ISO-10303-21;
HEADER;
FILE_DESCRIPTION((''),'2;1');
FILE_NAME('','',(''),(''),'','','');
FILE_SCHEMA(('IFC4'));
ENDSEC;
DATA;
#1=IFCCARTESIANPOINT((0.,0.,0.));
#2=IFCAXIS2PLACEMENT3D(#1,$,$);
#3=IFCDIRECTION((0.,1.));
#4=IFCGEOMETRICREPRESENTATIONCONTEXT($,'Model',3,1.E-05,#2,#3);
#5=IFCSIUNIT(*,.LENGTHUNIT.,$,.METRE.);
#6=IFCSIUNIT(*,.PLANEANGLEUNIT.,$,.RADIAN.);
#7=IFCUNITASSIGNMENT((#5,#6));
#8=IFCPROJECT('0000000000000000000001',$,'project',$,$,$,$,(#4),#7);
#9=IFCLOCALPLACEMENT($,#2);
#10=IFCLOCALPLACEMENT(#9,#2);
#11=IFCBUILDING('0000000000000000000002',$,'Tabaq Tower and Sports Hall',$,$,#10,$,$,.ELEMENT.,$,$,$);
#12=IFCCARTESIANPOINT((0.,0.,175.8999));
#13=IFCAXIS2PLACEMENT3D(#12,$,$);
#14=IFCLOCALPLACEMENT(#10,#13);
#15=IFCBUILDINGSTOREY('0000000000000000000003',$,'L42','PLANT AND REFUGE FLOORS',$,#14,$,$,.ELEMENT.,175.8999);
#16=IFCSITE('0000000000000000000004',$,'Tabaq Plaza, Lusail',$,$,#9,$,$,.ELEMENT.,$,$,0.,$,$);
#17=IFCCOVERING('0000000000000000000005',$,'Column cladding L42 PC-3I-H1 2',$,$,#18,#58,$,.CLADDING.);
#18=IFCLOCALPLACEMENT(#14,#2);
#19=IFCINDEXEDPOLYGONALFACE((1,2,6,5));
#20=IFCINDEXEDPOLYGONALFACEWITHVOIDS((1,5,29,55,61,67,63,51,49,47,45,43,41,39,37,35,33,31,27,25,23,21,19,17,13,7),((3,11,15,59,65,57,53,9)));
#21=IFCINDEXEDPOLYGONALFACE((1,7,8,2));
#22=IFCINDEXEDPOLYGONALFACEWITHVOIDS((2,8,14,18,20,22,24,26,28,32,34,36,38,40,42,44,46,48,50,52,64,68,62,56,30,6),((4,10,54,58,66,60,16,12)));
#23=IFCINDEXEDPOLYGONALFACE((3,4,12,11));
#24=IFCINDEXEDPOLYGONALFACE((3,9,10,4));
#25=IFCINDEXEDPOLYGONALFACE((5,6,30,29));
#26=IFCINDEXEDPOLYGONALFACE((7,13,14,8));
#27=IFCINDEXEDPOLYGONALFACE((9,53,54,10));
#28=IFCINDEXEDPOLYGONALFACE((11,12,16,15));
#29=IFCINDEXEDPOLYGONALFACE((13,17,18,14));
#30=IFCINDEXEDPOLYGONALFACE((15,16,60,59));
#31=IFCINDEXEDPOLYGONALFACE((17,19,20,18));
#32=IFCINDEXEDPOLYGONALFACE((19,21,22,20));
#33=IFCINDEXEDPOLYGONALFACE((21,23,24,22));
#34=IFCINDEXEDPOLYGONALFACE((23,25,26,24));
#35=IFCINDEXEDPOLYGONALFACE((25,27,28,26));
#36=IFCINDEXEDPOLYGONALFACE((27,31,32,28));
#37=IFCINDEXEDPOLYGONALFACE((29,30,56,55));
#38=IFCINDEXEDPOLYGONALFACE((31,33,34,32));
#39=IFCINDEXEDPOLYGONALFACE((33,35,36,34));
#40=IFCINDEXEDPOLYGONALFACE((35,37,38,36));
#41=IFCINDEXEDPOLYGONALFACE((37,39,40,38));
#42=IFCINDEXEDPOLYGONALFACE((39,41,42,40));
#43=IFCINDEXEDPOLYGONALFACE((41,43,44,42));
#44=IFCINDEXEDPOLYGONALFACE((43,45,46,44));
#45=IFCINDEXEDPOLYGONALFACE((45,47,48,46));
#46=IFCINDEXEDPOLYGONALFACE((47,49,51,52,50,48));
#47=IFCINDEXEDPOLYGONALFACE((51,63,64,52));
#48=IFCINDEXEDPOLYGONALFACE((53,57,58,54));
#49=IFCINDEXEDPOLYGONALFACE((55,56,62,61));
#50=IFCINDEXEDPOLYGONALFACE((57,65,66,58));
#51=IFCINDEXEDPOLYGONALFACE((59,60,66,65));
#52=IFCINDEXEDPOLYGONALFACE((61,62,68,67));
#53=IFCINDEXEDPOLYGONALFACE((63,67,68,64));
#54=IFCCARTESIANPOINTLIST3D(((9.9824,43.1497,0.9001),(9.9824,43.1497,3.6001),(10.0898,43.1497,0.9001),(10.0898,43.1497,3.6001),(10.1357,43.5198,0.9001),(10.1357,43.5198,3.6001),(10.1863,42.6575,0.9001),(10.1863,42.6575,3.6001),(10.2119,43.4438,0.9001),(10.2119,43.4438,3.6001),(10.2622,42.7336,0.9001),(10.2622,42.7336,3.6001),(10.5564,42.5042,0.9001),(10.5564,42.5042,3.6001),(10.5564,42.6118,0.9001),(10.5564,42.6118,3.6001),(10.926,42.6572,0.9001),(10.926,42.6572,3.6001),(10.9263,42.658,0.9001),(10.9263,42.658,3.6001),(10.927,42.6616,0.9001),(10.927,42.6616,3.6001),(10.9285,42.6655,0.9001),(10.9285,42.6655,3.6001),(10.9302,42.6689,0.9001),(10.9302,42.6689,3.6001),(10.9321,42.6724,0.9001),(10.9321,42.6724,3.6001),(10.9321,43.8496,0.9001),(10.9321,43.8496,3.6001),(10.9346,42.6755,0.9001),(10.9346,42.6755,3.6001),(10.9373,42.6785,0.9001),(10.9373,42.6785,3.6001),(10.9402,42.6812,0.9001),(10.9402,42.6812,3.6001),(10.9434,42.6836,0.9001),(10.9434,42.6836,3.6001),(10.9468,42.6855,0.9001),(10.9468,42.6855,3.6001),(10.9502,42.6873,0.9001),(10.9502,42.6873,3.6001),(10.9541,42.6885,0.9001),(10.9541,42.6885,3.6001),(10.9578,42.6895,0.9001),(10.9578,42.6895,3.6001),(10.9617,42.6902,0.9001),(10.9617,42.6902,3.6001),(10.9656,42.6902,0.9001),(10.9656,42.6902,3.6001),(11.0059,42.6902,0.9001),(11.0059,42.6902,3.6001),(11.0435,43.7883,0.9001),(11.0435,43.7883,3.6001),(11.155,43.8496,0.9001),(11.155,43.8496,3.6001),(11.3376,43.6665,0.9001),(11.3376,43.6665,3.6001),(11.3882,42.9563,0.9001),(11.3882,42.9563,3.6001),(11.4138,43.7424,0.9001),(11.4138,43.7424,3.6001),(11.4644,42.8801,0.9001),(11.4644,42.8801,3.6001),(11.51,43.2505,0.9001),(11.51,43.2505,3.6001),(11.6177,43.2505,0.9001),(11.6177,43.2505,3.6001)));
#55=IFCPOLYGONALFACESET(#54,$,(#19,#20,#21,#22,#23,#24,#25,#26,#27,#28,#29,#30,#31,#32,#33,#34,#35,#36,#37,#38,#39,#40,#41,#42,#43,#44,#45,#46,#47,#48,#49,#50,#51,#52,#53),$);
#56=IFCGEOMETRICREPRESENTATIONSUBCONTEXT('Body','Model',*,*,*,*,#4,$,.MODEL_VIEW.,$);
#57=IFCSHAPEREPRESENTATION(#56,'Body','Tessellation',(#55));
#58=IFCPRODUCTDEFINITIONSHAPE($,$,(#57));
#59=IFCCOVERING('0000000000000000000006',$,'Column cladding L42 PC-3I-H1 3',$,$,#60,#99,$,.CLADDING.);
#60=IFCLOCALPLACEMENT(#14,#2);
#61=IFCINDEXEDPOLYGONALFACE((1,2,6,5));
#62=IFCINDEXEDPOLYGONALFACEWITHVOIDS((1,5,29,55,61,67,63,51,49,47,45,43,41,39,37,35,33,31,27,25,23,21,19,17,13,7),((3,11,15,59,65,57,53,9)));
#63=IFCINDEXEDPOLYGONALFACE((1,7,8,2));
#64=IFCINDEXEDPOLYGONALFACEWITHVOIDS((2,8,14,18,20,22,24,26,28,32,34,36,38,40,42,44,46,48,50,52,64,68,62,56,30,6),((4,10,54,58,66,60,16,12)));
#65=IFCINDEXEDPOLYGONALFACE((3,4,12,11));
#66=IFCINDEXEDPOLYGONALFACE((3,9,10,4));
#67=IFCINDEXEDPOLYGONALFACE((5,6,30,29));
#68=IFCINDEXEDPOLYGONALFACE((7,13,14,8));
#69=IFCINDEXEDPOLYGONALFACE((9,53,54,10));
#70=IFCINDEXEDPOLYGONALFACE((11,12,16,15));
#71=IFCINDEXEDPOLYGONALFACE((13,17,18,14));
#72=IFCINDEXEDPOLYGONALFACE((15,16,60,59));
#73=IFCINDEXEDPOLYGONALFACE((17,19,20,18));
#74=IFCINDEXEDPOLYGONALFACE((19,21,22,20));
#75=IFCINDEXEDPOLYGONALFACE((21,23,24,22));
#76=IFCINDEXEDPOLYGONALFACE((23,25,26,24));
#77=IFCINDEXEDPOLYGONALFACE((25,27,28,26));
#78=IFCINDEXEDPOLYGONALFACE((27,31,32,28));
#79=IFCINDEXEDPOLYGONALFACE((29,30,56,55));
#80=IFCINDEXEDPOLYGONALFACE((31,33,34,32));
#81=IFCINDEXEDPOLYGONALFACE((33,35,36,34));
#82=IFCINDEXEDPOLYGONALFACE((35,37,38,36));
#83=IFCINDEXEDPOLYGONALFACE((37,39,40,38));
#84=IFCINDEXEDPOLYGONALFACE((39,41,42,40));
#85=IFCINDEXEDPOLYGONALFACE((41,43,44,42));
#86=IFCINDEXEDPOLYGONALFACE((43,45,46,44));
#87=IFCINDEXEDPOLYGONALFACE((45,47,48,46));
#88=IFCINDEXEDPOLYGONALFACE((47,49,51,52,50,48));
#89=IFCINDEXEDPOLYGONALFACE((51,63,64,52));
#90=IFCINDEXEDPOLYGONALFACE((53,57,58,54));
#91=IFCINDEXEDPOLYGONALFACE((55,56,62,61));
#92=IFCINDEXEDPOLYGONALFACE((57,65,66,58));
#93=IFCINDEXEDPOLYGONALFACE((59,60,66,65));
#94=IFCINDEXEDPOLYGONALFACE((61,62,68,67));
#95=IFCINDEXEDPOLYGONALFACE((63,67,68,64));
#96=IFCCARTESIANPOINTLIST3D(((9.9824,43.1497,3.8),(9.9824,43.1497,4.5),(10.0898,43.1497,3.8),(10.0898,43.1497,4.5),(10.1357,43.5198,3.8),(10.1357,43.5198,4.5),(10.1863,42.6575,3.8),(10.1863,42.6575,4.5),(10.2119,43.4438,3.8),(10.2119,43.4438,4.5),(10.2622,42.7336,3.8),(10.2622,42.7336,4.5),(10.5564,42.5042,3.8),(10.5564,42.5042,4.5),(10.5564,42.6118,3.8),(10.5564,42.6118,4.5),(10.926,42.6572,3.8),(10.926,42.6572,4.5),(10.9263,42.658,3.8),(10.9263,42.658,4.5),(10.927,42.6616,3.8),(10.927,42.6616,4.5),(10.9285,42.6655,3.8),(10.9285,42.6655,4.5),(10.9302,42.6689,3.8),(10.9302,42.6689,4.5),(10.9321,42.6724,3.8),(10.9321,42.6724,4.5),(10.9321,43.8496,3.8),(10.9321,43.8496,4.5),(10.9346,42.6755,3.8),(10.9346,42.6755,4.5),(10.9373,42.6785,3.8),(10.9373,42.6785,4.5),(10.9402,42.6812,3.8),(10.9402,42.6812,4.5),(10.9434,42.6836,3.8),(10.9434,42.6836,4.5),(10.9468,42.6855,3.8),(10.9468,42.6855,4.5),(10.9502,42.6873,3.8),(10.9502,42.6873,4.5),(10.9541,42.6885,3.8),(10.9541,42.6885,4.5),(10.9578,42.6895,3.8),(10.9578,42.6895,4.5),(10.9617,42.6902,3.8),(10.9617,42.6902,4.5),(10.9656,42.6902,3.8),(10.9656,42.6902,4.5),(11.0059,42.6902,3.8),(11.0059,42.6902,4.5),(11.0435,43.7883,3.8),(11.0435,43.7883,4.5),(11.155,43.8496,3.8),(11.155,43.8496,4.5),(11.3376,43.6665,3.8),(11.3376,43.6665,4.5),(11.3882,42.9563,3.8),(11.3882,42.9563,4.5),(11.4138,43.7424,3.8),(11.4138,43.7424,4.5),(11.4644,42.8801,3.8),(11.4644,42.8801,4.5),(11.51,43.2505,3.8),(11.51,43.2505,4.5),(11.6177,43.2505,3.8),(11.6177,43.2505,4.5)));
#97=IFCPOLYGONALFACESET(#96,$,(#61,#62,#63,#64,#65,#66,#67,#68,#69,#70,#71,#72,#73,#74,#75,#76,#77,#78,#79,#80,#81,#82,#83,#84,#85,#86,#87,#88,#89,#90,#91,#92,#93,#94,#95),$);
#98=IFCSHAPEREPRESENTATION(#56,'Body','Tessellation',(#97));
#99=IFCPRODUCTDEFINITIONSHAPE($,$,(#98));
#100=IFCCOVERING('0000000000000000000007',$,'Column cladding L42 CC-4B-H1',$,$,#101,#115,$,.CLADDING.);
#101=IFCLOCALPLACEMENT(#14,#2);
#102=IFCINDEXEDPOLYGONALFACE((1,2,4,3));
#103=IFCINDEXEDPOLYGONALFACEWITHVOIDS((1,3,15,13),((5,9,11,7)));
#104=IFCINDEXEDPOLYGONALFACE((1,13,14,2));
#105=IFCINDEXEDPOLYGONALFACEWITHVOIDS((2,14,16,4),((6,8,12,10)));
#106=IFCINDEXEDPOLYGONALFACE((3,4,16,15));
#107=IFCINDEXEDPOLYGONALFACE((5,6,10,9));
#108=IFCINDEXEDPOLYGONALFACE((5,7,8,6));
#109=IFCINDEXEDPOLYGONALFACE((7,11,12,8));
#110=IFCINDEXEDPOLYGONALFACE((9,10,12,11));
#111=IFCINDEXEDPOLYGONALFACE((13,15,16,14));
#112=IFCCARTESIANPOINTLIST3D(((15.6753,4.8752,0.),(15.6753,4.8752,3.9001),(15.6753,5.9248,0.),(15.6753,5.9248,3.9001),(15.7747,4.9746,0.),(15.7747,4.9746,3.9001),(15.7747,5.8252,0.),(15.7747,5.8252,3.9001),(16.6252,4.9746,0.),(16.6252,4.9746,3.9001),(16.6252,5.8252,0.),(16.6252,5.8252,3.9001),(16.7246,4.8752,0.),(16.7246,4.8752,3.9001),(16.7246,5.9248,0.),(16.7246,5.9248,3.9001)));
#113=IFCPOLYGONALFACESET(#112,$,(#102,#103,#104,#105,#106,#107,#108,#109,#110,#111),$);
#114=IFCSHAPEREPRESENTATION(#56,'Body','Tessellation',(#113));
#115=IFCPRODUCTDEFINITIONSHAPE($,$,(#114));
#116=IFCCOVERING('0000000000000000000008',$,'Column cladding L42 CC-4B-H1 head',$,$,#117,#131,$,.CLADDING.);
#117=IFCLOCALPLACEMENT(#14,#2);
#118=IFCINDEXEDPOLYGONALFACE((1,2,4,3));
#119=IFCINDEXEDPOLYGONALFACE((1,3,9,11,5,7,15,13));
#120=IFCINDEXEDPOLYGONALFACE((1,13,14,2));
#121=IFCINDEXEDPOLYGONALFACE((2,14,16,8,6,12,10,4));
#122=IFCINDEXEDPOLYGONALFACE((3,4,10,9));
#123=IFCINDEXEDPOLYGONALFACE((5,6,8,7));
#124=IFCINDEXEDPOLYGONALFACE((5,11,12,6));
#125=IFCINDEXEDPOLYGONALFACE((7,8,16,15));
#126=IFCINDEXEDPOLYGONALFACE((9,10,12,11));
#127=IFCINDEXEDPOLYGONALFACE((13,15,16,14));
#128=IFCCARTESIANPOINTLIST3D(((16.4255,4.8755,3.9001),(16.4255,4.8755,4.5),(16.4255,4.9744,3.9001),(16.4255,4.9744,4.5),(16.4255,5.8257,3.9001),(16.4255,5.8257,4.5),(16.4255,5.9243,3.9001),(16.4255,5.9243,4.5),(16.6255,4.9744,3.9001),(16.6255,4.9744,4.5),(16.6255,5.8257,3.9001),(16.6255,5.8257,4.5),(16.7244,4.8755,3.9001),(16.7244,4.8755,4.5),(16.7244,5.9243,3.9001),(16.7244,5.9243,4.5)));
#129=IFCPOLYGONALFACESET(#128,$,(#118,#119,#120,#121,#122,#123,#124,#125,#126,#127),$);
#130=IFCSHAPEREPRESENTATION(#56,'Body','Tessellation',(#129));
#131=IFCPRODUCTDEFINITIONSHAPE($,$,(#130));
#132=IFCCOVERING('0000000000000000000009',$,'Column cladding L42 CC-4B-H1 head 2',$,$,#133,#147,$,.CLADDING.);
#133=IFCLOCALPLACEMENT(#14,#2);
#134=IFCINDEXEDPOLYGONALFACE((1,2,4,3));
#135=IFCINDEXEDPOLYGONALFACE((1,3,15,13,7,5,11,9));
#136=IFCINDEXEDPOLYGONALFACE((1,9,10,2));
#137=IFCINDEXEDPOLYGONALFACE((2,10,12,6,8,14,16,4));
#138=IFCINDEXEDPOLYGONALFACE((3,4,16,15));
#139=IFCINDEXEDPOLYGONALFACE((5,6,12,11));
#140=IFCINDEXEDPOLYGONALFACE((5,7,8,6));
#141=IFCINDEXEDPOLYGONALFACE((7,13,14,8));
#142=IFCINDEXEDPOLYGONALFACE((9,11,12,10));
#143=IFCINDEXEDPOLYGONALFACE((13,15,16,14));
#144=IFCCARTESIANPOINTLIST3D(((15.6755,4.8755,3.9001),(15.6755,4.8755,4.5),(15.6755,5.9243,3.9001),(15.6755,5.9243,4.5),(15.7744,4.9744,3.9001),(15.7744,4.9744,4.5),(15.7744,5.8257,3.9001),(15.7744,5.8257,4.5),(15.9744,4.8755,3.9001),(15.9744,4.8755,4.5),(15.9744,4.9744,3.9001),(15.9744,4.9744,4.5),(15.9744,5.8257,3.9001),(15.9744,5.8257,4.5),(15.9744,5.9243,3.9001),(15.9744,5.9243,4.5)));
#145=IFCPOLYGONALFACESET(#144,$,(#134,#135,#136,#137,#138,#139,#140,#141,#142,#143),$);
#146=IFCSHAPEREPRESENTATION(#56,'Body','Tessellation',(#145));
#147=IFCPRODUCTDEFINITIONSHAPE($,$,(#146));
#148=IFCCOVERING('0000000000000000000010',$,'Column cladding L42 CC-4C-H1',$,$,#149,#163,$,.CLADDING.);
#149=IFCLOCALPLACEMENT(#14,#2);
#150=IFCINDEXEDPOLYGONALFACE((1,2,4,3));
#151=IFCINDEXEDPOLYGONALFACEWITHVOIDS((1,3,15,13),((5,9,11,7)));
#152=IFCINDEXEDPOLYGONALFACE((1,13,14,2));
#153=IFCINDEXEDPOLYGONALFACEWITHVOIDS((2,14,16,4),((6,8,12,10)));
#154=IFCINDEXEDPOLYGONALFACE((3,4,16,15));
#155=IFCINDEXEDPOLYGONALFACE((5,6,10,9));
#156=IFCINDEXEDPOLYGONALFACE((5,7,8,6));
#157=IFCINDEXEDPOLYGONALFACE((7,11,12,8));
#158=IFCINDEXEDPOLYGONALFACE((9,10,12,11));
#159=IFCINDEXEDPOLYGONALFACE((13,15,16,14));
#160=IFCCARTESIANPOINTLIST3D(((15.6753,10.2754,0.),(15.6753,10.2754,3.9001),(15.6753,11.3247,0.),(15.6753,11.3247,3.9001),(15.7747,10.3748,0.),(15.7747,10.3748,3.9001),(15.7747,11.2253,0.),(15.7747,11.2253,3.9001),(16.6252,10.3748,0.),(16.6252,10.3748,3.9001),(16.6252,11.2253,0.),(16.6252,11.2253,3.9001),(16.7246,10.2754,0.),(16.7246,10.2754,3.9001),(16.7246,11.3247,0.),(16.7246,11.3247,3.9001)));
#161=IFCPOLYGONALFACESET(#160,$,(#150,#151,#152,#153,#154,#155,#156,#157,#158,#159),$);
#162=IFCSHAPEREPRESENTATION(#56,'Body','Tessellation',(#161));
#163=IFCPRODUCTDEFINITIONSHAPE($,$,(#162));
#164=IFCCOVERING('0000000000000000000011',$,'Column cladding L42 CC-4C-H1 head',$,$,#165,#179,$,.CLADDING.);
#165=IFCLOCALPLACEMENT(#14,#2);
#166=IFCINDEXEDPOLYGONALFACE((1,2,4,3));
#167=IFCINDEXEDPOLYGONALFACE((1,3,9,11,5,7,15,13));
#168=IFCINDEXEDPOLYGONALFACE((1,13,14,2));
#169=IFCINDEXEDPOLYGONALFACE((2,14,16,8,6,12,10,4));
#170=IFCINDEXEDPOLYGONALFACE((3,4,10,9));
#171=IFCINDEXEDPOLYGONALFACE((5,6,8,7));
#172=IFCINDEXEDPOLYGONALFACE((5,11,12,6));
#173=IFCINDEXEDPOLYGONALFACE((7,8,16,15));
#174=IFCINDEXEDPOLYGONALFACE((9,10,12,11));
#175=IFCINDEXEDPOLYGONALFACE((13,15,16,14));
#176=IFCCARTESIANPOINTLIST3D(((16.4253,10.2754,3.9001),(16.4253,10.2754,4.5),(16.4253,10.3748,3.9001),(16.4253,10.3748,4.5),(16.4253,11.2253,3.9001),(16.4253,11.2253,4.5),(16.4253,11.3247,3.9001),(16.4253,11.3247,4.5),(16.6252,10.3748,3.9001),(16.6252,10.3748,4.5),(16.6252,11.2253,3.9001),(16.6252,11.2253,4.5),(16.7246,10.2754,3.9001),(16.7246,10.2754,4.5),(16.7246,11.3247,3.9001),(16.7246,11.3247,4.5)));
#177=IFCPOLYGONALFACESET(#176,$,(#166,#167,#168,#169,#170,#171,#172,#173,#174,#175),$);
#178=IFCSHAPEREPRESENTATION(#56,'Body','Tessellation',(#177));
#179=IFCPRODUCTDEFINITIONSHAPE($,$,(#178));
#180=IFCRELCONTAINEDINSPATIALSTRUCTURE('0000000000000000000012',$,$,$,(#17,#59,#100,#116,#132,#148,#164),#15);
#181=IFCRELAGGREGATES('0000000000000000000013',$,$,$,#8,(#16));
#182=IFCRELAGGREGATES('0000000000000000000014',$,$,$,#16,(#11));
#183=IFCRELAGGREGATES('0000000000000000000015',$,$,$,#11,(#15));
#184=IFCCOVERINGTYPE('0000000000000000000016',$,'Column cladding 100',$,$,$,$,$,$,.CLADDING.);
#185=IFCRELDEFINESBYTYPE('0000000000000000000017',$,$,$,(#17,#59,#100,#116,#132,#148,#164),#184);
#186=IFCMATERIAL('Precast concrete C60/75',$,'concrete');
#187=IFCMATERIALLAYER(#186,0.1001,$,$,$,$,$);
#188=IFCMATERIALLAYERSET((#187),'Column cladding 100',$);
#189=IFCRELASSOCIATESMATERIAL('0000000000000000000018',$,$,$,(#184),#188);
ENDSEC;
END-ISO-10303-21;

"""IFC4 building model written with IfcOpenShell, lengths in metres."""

from ifc_helpers import new_model, si_unit, direction, frame, origin, place, context, subcontext, project, spatial, polyline, outline, extrude, material, layer, layer_set, type_object, element, save


model = new_model("IFC4")

# Units and contexts
model_context = context("Model", 3, precision=1e-05, world=origin(), true_north=direction((0.0, 1.0)))
body_context = subcontext(model_context, "Body", "Model", "MODEL_VIEW")
ifc_project = project(units=[si_unit("LENGTHUNIT", "METRE"), si_unit("PLANEANGLEUNIT", "RADIAN")], contexts=[model_context])

# Site, building, storey
site_placement = place(None, origin())
site = spatial("IfcSite", under=ifc_project, at=site_placement, Name="Tabaq Plaza, Lusail", CompositionType="ELEMENT", RefElevation=0.0)
building_placement = place(site_placement, origin())
building = spatial("IfcBuilding", under=site, at=building_placement, Name="Tabaq Tower and Sports Hall", CompositionType="ELEMENT")
storey_placement = place(building_placement, frame((0.0, 0.0, 175.8999)))
storey = spatial("IfcBuildingStorey", under=building, at=storey_placement, Name="L42", Description="PLANT AND REFUGE FLOORS", CompositionType="ELEMENT", Elevation=175.8999)

# Coverings
ifc_material_1 = material(Name="Precast concrete C60/75", Category="concrete")
ifc_layer_1 = layer(ifc_material_1, 0.1001)
ifc_layer_set_1 = layer_set([ifc_layer_1], Name="Column cladding 100")
covering_type = type_object("IfcCoveringType", Name="Column cladding 100", PredefinedType="CLADDING", material=ifc_layer_set_1)
covering_1_placement = place(storey_placement, frame((0.0, 0.0, 0.9001)))
element("IfcCovering", 1, at=covering_1_placement, inside=storey, type_object=covering_type, Name="Column cladding L42 PC-3I-H1 2", PredefinedType="CLADDING", context=body_context, shape_type="SweptSolid", body=[
    extrude(outline(polyline([(9.9824, 43.1497), (10.1357, 43.5198), (10.9321, 43.8496), (11.155, 43.8496), (11.4138, 43.7424), (11.6177, 43.2505), (11.4644, 42.8801), (11.0059, 42.6902), (10.9656, 42.6902), (10.9617, 42.6902), (10.9578, 42.6895), (10.9541, 42.6885), (10.9502, 42.6873), (10.9468, 42.6855), (10.9434, 42.6836), (10.9402, 42.6812), (10.9373, 42.6785), (10.9346, 42.6755), (10.9321, 42.6724), (10.9302, 42.6689), (10.9285, 42.6655), (10.927, 42.6616), (10.9263, 42.658), (10.926, 42.6572), (10.5564, 42.5042), (10.1863, 42.6575), (9.9824, 43.1497)]), holes=[polyline([(11.51, 43.2505), (11.3376, 43.6665), (11.0435, 43.7883), (10.2119, 43.4438), (10.0898, 43.1497), (10.2622, 42.7336), (10.5564, 42.6118), (11.3882, 42.9563), (11.51, 43.2505)])]), origin(), (0.0, 0.0, 1.0), 2.7),
])
covering_2_placement = place(storey_placement, frame((0.0, 0.0, 3.8)))
element("IfcCovering", 2, at=covering_2_placement, inside=storey, type_object=covering_type, Name="Column cladding L42 PC-3I-H1 3", PredefinedType="CLADDING", context=body_context, shape_type="SweptSolid", body=[
    extrude(outline(polyline([(9.9824, 43.1497), (10.1357, 43.5198), (10.9321, 43.8496), (11.155, 43.8496), (11.4138, 43.7424), (11.6177, 43.2505), (11.4644, 42.8801), (11.0059, 42.6902), (10.9656, 42.6902), (10.9617, 42.6902), (10.9578, 42.6895), (10.9541, 42.6885), (10.9502, 42.6873), (10.9468, 42.6855), (10.9434, 42.6836), (10.9402, 42.6812), (10.9373, 42.6785), (10.9346, 42.6755), (10.9321, 42.6724), (10.9302, 42.6689), (10.9285, 42.6655), (10.927, 42.6616), (10.9263, 42.658), (10.926, 42.6572), (10.5564, 42.5042), (10.1863, 42.6575), (9.9824, 43.1497)]), holes=[polyline([(11.51, 43.2505), (11.3376, 43.6665), (11.0435, 43.7883), (10.2119, 43.4438), (10.0898, 43.1497), (10.2622, 42.7336), (10.5564, 42.6118), (11.3882, 42.9563), (11.51, 43.2505)])]), origin(), (0.0, 0.0, 1.0), 0.7),
])
covering_3_placement = place(storey_placement, origin())
element("IfcCovering", 3, at=covering_3_placement, inside=storey, type_object=covering_type, Name="Column cladding L42 CC-4B-H1", PredefinedType="CLADDING", context=body_context, shape_type="SweptSolid", body=[
    extrude(outline(polyline([(15.6753, 5.9248), (16.7246, 5.9248), (16.7246, 4.8752), (15.6753, 4.8752), (15.6753, 5.9248)]), holes=[polyline([(16.6252, 4.9746), (16.6252, 5.8252), (15.7747, 5.8252), (15.7747, 4.9746), (16.6252, 4.9746)])]), origin(), (0.0, 0.0, 1.0), 3.9001),
])
covering_4_placement = place(storey_placement, frame((0.0, 0.0, 3.9001)))
element("IfcCovering", 4, at=covering_4_placement, inside=storey, type_object=covering_type, Name="Column cladding L42 CC-4B-H1 head", PredefinedType="CLADDING", context=body_context, shape_type="SweptSolid", body=[
    extrude(outline(polyline([(16.4255, 4.9744), (16.6255, 4.9744), (16.6255, 5.8257), (16.4255, 5.8257), (16.4255, 5.9243), (16.7244, 5.9243), (16.7244, 4.8755), (16.4255, 4.8755), (16.4255, 4.9744)])), origin(), (0.0, 0.0, 1.0), 0.5999),
])
covering_5_placement = place(storey_placement, frame((0.0, 0.0, 3.9001)))
element("IfcCovering", 5, at=covering_5_placement, inside=storey, type_object=covering_type, Name="Column cladding L42 CC-4B-H1 head 2", PredefinedType="CLADDING", context=body_context, shape_type="SweptSolid", body=[
    extrude(outline(polyline([(15.9744, 4.9744), (15.9744, 4.8755), (15.6755, 4.8755), (15.6755, 5.9243), (15.9744, 5.9243), (15.9744, 5.8257), (15.7744, 5.8257), (15.7744, 4.9744), (15.9744, 4.9744)])), origin(), (0.0, 0.0, 1.0), 0.5999),
])
covering_6_placement = place(storey_placement, origin())
element("IfcCovering", 6, at=covering_6_placement, inside=storey, type_object=covering_type, Name="Column cladding L42 CC-4C-H1", PredefinedType="CLADDING", context=body_context, shape_type="SweptSolid", body=[
    extrude(outline(polyline([(15.6753, 11.3247), (16.7246, 11.3247), (16.7246, 10.2754), (15.6753, 10.2754), (15.6753, 11.3247)]), holes=[polyline([(16.6252, 10.3748), (16.6252, 11.2253), (15.7747, 11.2253), (15.7747, 10.3748), (16.6252, 10.3748)])]), origin(), (0.0, 0.0, 1.0), 3.9001),
])
covering_7_placement = place(storey_placement, frame((0.0, 0.0, 3.9001)))
element("IfcCovering", 7, at=covering_7_placement, inside=storey, type_object=covering_type, Name="Column cladding L42 CC-4C-H1 head", PredefinedType="CLADDING", context=body_context, shape_type="SweptSolid", body=[
    extrude(outline(polyline([(16.7246, 11.3247), (16.7246, 10.2754), (16.4253, 10.2754), (16.4253, 10.3748), (16.6252, 10.3748), (16.6252, 11.2253), (16.4253, 11.2253), (16.4253, 11.3247), (16.7246, 11.3247)])), origin(), (0.0, 0.0, 1.0), 0.5999),
])

save(model, "model.ifc")
